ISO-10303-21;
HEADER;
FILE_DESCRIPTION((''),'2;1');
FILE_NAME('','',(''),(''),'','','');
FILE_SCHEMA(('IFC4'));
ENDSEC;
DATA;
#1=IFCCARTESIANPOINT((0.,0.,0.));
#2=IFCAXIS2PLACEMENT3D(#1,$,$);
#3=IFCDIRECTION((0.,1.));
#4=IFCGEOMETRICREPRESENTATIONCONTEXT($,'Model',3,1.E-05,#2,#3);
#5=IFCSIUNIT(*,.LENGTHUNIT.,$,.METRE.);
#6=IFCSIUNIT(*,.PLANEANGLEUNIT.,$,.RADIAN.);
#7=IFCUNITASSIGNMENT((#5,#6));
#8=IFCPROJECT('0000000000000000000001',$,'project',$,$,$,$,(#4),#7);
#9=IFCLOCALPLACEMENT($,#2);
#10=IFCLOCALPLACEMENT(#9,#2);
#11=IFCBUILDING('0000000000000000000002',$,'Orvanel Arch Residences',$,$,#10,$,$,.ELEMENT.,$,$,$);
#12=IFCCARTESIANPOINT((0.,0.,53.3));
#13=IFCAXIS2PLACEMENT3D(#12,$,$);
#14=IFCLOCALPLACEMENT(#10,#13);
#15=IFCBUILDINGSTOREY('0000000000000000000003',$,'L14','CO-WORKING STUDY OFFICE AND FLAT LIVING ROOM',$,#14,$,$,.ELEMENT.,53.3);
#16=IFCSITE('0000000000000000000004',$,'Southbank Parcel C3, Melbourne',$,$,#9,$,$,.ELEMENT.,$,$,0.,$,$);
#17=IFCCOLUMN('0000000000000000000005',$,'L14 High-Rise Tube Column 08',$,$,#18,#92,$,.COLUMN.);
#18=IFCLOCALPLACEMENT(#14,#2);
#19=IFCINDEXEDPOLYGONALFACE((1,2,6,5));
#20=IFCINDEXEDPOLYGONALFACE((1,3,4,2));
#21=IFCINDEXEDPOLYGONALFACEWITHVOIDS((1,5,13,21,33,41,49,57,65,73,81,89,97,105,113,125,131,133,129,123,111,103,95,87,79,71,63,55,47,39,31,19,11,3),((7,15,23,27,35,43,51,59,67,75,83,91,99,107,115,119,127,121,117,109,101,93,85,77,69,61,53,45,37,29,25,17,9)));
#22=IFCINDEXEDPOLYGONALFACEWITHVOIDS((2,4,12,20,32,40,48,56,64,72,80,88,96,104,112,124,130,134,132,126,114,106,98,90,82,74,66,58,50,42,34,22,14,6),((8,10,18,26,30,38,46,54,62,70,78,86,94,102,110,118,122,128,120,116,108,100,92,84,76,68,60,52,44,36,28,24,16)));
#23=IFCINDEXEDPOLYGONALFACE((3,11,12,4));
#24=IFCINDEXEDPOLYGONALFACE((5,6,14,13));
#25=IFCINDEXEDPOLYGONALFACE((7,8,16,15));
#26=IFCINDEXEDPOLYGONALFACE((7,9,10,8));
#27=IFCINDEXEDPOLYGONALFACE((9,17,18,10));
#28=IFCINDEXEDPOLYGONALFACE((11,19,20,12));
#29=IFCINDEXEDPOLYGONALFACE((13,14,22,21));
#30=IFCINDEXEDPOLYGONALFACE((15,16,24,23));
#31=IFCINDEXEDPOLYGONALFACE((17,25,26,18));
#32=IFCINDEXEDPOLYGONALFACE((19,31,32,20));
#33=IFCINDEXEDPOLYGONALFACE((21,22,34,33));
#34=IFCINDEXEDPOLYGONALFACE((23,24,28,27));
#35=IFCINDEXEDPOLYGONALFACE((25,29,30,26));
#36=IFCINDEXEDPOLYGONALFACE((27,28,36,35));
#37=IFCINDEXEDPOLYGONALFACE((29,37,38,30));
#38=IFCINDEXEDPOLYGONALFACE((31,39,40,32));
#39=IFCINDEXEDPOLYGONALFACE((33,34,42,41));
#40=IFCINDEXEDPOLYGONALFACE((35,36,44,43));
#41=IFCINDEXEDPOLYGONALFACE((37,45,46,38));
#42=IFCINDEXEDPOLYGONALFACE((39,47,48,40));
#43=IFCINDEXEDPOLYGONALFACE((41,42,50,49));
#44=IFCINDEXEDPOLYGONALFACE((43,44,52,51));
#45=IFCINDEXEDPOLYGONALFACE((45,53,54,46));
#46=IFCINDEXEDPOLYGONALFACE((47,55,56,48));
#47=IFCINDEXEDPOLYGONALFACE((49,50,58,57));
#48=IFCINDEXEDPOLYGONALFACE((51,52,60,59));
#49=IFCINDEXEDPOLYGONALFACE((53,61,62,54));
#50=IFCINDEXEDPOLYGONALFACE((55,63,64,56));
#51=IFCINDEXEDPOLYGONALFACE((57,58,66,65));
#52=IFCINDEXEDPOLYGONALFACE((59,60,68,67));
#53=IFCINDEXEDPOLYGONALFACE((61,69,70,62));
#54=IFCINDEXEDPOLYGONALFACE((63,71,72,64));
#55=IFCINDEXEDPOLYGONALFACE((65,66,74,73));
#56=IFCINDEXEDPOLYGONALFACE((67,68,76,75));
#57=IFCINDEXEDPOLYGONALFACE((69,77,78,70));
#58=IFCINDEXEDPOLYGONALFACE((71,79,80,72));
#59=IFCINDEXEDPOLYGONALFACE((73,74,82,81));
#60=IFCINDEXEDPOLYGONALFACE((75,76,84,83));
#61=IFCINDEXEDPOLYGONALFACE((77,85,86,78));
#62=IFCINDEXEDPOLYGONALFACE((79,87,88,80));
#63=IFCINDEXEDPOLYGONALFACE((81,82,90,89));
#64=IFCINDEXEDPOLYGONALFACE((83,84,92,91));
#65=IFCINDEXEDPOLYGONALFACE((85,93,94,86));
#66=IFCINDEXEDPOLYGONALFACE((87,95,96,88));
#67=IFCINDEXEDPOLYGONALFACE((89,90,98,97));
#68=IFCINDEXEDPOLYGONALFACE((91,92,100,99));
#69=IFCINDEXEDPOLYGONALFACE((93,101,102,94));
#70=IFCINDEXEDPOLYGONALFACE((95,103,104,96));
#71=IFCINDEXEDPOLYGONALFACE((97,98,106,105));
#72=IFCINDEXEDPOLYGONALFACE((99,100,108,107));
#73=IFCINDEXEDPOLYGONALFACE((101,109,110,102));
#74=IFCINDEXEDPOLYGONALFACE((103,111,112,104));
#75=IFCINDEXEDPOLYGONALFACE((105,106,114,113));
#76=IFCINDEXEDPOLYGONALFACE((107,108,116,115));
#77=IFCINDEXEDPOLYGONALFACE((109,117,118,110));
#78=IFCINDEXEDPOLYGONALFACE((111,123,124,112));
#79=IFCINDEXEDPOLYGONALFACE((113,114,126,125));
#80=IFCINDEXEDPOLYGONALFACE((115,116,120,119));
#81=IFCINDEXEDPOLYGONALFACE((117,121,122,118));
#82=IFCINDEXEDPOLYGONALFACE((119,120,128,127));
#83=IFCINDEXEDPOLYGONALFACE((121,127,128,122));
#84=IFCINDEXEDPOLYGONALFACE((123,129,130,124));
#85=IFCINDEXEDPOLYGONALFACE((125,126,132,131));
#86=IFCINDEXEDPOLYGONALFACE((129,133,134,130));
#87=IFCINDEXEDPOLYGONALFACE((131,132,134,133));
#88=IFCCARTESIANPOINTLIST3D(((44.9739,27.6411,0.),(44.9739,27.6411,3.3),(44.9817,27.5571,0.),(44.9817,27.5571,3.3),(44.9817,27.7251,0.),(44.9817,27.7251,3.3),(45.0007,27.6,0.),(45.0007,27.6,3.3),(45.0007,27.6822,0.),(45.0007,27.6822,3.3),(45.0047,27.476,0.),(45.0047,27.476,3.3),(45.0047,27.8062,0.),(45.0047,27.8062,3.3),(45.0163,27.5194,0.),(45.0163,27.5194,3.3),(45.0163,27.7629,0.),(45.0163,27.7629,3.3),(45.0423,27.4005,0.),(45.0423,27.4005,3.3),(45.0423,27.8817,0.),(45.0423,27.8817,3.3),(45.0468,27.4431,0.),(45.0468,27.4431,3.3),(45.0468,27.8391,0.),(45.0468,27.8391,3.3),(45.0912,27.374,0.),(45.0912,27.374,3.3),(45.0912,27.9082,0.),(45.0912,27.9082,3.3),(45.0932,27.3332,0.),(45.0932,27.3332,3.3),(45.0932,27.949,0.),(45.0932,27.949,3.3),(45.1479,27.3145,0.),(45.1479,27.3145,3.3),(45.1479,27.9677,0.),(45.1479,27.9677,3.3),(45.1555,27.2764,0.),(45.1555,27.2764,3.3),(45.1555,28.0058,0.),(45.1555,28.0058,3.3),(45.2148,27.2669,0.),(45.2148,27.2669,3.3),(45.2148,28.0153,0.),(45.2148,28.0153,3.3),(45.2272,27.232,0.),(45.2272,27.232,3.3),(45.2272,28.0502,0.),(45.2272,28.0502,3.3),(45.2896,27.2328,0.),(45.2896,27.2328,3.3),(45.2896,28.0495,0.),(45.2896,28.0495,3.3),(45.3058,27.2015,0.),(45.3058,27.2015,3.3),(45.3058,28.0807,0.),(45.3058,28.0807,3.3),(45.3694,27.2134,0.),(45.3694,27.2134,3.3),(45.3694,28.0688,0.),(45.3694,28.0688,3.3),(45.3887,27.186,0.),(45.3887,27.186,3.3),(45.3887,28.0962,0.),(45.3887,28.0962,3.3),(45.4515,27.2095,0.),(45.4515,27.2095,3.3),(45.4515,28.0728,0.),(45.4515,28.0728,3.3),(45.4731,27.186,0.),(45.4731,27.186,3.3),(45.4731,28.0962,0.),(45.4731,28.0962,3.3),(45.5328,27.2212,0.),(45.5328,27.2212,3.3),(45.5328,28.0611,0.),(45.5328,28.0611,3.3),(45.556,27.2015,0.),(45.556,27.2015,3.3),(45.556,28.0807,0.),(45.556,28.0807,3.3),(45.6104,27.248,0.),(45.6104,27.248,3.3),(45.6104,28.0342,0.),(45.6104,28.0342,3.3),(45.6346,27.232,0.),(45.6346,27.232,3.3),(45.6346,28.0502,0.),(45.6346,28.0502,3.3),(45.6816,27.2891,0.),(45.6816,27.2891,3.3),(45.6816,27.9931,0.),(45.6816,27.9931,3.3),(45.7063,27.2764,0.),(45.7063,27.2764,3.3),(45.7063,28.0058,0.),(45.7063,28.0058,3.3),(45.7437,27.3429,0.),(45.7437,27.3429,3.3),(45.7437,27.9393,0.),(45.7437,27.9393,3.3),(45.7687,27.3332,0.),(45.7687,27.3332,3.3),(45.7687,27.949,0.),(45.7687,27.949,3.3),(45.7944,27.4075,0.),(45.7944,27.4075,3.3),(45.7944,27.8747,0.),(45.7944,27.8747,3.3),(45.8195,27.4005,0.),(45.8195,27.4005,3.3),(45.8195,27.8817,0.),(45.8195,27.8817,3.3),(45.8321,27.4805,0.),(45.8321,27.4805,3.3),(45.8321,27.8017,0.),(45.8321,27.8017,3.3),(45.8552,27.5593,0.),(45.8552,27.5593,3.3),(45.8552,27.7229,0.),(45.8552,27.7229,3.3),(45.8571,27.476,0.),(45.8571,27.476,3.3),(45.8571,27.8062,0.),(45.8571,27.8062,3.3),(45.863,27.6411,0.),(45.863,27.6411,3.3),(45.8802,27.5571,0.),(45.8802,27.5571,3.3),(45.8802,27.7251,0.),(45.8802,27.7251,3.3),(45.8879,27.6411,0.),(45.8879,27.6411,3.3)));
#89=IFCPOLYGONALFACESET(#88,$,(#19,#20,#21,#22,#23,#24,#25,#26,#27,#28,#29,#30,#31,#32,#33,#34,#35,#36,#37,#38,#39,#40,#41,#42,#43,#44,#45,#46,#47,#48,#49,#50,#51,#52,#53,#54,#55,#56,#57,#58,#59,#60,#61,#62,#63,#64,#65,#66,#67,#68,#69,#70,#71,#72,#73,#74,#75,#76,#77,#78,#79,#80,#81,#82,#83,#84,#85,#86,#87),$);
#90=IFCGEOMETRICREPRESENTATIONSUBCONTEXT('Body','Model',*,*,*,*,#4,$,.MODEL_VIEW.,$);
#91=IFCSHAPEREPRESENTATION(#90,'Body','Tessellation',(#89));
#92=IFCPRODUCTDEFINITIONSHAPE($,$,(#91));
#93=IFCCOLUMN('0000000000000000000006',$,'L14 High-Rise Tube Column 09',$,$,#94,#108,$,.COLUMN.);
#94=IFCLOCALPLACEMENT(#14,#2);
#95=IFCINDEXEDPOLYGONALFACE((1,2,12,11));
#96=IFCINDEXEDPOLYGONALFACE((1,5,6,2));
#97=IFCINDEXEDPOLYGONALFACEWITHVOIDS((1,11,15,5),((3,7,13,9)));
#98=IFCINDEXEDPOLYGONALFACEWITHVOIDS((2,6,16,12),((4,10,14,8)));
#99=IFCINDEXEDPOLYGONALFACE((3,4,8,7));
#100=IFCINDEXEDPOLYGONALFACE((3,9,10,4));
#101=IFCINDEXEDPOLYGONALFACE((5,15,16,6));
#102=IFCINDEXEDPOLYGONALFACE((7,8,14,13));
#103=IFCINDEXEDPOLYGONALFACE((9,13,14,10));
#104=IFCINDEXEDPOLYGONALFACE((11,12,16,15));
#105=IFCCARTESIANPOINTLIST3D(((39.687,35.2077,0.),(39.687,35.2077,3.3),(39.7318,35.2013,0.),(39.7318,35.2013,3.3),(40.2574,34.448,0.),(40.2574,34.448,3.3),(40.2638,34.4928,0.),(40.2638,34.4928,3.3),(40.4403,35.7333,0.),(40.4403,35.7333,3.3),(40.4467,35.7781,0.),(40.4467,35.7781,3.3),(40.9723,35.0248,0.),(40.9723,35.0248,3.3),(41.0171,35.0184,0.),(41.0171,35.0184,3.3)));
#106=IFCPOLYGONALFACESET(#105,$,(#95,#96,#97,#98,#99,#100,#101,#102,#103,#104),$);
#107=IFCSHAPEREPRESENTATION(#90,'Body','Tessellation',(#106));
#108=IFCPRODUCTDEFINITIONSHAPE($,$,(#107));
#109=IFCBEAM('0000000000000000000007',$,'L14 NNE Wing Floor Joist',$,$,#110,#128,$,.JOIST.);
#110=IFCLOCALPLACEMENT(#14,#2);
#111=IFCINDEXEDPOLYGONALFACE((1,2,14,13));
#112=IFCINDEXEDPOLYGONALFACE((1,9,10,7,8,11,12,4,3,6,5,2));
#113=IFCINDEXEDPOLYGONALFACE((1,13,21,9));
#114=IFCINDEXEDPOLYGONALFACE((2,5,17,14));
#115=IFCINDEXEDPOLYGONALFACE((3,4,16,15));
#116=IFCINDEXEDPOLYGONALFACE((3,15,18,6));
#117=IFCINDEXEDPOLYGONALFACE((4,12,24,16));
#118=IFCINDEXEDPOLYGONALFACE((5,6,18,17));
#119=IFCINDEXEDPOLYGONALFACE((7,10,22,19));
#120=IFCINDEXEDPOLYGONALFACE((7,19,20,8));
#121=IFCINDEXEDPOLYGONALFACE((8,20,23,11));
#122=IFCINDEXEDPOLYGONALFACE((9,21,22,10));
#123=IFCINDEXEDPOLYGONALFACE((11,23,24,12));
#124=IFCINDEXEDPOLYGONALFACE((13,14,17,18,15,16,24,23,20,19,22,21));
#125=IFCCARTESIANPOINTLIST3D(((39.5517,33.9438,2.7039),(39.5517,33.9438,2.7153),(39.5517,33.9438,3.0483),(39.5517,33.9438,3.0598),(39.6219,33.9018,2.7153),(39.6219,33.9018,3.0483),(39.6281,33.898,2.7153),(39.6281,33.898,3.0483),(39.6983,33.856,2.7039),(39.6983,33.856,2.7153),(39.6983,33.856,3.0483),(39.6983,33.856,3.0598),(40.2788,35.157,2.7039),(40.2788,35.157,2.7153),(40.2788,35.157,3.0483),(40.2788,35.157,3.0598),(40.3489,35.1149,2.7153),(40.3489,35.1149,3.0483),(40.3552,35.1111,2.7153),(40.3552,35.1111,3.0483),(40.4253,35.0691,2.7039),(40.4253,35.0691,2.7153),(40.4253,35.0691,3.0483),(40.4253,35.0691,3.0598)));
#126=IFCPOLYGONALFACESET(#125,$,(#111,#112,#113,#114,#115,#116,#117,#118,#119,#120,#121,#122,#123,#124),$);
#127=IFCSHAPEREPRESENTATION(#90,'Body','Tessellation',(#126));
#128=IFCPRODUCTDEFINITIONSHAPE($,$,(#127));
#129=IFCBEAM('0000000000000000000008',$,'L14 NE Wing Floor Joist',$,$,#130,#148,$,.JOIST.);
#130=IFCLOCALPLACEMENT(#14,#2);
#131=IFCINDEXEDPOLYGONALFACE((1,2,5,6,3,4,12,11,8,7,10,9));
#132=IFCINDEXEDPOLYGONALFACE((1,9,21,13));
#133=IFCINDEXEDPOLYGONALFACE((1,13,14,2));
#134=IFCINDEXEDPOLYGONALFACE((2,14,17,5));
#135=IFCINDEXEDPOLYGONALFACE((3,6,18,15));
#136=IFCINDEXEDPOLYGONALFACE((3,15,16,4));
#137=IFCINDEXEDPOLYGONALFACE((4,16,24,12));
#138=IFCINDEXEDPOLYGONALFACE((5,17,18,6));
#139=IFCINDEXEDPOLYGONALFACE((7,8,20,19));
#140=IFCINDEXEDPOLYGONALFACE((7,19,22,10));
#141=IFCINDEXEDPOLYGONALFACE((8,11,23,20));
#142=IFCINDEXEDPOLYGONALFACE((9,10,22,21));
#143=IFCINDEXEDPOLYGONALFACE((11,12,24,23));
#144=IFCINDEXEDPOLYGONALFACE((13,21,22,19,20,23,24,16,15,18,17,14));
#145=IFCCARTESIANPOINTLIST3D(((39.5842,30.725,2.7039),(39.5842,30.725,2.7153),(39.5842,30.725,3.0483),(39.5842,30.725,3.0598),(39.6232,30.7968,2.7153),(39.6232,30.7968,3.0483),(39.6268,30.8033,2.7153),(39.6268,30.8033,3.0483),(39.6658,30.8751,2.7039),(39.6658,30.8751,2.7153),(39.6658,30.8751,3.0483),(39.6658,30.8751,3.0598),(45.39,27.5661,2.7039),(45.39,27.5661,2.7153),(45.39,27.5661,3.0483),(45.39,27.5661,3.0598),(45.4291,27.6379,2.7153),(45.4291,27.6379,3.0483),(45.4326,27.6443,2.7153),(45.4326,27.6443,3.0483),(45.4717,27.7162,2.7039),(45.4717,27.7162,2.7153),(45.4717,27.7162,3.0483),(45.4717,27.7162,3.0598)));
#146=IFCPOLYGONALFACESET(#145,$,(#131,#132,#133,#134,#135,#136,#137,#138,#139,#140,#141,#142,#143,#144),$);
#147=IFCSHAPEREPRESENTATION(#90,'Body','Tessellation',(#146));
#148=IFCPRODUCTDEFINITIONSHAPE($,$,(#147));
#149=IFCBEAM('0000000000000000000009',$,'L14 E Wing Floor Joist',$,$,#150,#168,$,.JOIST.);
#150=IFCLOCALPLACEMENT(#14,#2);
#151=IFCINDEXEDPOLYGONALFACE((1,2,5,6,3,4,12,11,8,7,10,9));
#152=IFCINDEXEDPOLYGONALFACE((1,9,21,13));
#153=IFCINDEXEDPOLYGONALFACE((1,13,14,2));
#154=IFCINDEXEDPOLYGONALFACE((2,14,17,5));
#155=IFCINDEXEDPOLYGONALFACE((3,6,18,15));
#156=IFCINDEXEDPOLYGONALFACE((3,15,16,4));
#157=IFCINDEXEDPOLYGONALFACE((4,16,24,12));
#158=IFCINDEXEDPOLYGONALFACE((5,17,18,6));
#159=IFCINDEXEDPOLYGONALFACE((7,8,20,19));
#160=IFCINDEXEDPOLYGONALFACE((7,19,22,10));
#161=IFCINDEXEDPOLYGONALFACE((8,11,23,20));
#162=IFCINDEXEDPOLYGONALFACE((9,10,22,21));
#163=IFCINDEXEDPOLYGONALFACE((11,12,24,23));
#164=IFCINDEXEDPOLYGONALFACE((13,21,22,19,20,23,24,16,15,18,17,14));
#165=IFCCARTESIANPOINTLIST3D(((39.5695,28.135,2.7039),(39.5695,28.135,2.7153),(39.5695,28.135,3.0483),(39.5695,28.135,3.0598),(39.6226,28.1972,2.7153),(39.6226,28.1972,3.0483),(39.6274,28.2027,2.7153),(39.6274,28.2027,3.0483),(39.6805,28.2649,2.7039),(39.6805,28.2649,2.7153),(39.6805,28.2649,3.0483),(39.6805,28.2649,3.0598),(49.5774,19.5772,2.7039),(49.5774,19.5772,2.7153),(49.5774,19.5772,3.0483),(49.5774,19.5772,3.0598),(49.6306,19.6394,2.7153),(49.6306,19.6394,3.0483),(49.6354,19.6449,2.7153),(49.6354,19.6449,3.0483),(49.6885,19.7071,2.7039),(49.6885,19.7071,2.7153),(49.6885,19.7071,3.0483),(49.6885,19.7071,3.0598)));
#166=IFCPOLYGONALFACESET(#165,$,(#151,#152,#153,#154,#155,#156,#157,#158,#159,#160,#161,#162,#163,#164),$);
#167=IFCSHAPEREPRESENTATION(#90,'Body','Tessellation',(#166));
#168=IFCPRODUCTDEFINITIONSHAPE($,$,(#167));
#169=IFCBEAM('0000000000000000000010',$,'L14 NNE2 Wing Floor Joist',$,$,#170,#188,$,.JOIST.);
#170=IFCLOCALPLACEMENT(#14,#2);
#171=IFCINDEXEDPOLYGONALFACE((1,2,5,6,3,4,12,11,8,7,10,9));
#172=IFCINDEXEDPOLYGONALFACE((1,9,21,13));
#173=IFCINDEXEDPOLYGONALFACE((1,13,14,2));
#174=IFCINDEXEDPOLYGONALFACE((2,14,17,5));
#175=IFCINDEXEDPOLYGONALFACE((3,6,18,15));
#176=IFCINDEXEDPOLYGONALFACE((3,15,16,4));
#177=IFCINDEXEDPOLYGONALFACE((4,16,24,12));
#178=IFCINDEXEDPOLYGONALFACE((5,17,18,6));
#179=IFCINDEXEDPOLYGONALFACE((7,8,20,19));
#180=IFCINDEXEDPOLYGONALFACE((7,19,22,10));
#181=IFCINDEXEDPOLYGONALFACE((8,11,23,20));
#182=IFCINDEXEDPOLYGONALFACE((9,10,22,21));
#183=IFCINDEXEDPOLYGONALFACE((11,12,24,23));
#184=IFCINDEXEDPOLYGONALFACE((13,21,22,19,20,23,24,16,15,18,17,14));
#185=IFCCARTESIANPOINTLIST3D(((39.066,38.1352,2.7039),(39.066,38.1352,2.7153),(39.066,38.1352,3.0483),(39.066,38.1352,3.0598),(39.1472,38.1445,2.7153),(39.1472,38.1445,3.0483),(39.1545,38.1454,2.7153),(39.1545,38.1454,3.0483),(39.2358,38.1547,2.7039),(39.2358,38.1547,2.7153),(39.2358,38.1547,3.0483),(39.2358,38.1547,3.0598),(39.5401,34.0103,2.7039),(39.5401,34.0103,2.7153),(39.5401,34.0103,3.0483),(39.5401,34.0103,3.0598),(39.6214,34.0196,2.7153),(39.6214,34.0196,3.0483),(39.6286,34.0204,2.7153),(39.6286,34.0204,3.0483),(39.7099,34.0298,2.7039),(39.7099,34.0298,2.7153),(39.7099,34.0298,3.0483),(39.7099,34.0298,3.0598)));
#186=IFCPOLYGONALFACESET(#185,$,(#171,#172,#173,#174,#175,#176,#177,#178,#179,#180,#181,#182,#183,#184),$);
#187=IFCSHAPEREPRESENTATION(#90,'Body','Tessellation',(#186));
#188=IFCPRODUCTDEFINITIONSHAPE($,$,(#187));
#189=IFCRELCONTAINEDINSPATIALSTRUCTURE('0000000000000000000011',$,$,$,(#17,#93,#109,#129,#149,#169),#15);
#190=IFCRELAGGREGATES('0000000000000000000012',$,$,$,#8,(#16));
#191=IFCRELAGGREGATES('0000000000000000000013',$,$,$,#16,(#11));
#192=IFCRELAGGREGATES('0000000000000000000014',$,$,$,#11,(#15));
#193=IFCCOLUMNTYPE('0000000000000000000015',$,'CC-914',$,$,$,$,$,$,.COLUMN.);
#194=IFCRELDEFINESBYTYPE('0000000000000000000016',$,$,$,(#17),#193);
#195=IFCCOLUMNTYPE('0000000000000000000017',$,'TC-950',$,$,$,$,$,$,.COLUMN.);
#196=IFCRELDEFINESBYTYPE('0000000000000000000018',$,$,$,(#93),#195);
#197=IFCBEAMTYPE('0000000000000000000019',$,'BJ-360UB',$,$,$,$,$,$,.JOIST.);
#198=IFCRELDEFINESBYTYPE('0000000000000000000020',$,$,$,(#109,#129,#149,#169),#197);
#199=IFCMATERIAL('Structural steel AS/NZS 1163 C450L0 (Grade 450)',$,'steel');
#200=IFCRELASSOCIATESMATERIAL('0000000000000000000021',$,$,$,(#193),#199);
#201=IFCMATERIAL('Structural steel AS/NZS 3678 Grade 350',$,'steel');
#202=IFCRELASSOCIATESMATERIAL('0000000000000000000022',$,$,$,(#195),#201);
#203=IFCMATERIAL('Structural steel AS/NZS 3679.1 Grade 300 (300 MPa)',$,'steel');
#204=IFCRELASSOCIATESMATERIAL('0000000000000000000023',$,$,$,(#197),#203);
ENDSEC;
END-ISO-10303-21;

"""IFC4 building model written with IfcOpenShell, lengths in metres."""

from ifc_helpers import new_model, si_unit, direction, frame, origin, origin_2d, place, context, subcontext, project, spatial, hollow_rectangle, hollow_circle, i_section, extrude, material, material_profile, profile_set, type_object, element, save


model = new_model("IFC4")

# Units and contexts
model_context = context("Model", 3, precision=1e-05, world=origin(), true_north=direction((0.0, 1.0)))
body_context = subcontext(model_context, "Body", "Model", "MODEL_VIEW")
ifc_project = project(units=[si_unit("LENGTHUNIT", "METRE"), si_unit("PLANEANGLEUNIT", "RADIAN")], contexts=[model_context])

# Site, building, storey
site_placement = place(None, origin())
site = spatial("IfcSite", under=ifc_project, at=site_placement, Name="Southbank Parcel C3, Melbourne", CompositionType="ELEMENT", RefElevation=0.0)
building_placement = place(site_placement, origin())
building = spatial("IfcBuilding", under=site, at=building_placement, Name="Orvanel Arch Residences", CompositionType="ELEMENT")
storey_placement = place(building_placement, frame((0.0, 0.0, 53.3)))
storey = spatial("IfcBuildingStorey", under=building, at=storey_placement, Name="L14", Description="CO-WORKING STUDY OFFICE AND FLAT LIVING ROOM", CompositionType="ELEMENT", Elevation=53.3)

# Columns
ifc_material_1 = material(Name="Structural steel AS/NZS 1163 C450L0 (Grade 450)", Category="steel")
ifc_material_profile_1 = material_profile(ifc_material_1, hollow_circle(Radius=0.457, WallThickness=0.0249, at=origin_2d()), Name="CHS914x25")
ifc_profile_set_1 = profile_set([ifc_material_profile_1], Name="Structural steel AS/NZS 1163 C450L0 (Grade 450)")
column_type_1 = type_object("IfcColumnType", Name="CC-914", PredefinedType="COLUMN", material=ifc_profile_set_1)
column_1_placement = place(storey_placement, frame((45.4309, 27.6411, 0.0), z_axis=(0.0, 0.0, 1.0), x_axis=(1.0, 0.0, 0.0)))
element("IfcColumn", 1, at=column_1_placement, inside=storey, type_object=column_type_1, Name="L14 High-Rise Tube Column 08", PredefinedType="COLUMN", context=body_context, shape_type="SweptSolid", body=[
    extrude(hollow_circle(Radius=0.457, WallThickness=0.0249, at=origin_2d()), origin(), (0.0, 0.0, 1.0), 3.3),
])
ifc_material_2 = material(Name="Structural steel AS/NZS 3678 Grade 350", Category="steel")
ifc_material_profile_2 = material_profile(ifc_material_2, hollow_rectangle(XDim=0.95, YDim=0.95, WallThickness=0.032, at=origin_2d()), Name="BOX950x950x32")
ifc_profile_set_2 = profile_set([ifc_material_profile_2], Name="Structural steel AS/NZS 3678 Grade 350")
column_type_2 = type_object("IfcColumnType", Name="TC-950", PredefinedType="COLUMN", material=ifc_profile_set_2)
column_2_placement = place(storey_placement, frame((40.3521, 35.113, 0.0), z_axis=(0.0, 0.0, 1.0), x_axis=(-0.60042, 0.799685, 0.0)))
element("IfcColumn", 2, at=column_2_placement, inside=storey, type_object=column_type_2, Name="L14 High-Rise Tube Column 09", PredefinedType="COLUMN", context=body_context, shape_type="SweptSolid", body=[
    extrude(hollow_rectangle(XDim=0.95, YDim=0.95, WallThickness=0.032, at=origin_2d()), origin(), (0.0, 0.0, 1.0), 3.3),
])

# Beams
ifc_material_3 = material(Name="Structural steel AS/NZS 3679.1 Grade 300 (300 MPa)", Category="steel")
ifc_material_profile_3 = material_profile(ifc_material_3, i_section(OverallWidth=0.1709, OverallDepth=0.356, WebThickness=0.0073, FlangeThickness=0.0115, at=origin_2d()), Name="360UB50.7")
ifc_profile_set_3 = profile_set([ifc_material_profile_3], Name="Structural steel AS/NZS 3679.1 Grade 300 (300 MPa)")
beam_type_1 = type_object("IfcBeamType", Name="BJ-360UB", PredefinedType="JOIST", material=ifc_profile_set_3)
beam_1_placement = place(storey_placement, frame((39.625, 33.8999, 2.8818), z_axis=(0.514064, 0.857752, 0.0), x_axis=(-0.857752, 0.514064, 0.0)))
element("IfcBeam", 3, at=beam_1_placement, inside=storey, type_object=beam_type_1, Name="L14 NNE Wing Floor Joist", PredefinedType="JOIST", context=body_context, shape_type="SweptSolid", body=[
    extrude(i_section(OverallWidth=0.1709, OverallDepth=0.356, WebThickness=0.0073, FlangeThickness=0.0115, at=origin_2d()), origin(), (0.0, 0.0, 1.0), 1.4143),
])
beam_2_placement = place(storey_placement, frame((39.625, 30.8, 2.8818), z_axis=(0.878399, -0.477928, 0.0), x_axis=(0.477928, 0.878399, 0.0)))
element("IfcBeam", 4, at=beam_2_placement, inside=storey, type_object=beam_type_1, Name="L14 NE Wing Floor Joist", PredefinedType="JOIST", context=body_context, shape_type="SweptSolid", body=[
    extrude(i_section(OverallWidth=0.1709, OverallDepth=0.356, WebThickness=0.0073, FlangeThickness=0.0115, at=origin_2d()), origin(), (0.0, 0.0, 1.0), 6.6096),
])
beam_3_placement = place(storey_placement, frame((39.625, 28.2, 2.8818), z_axis=(0.760024, -0.649895, 0.0), x_axis=(0.649895, 0.760024, 0.0)))
element("IfcBeam", 5, at=beam_3_placement, inside=storey, type_object=beam_type_1, Name="L14 E Wing Floor Joist", PredefinedType="JOIST", context=body_context, shape_type="SweptSolid", body=[
    extrude(i_section(OverallWidth=0.1709, OverallDepth=0.356, WebThickness=0.0073, FlangeThickness=0.0115, at=origin_2d()), origin(), (0.0, 0.0, 1.0), 13.168),
])
beam_4_placement = place(storey_placement, frame((39.625, 34.02, 2.8818), z_axis=(-0.114187, 0.993459, 0.0), x_axis=(-0.993459, -0.114187, 0.0)))
element("IfcBeam", 6, at=beam_4_placement, inside=storey, type_object=beam_type_1, Name="L14 NNE2 Wing Floor Joist", PredefinedType="JOIST", context=body_context, shape_type="SweptSolid", body=[
    extrude(i_section(OverallWidth=0.1709, OverallDepth=0.356, WebThickness=0.0073, FlangeThickness=0.0115, at=origin_2d()), origin(), (0.0, 0.0, 1.0), 4.1521),
])

save(model, "model.ifc")
